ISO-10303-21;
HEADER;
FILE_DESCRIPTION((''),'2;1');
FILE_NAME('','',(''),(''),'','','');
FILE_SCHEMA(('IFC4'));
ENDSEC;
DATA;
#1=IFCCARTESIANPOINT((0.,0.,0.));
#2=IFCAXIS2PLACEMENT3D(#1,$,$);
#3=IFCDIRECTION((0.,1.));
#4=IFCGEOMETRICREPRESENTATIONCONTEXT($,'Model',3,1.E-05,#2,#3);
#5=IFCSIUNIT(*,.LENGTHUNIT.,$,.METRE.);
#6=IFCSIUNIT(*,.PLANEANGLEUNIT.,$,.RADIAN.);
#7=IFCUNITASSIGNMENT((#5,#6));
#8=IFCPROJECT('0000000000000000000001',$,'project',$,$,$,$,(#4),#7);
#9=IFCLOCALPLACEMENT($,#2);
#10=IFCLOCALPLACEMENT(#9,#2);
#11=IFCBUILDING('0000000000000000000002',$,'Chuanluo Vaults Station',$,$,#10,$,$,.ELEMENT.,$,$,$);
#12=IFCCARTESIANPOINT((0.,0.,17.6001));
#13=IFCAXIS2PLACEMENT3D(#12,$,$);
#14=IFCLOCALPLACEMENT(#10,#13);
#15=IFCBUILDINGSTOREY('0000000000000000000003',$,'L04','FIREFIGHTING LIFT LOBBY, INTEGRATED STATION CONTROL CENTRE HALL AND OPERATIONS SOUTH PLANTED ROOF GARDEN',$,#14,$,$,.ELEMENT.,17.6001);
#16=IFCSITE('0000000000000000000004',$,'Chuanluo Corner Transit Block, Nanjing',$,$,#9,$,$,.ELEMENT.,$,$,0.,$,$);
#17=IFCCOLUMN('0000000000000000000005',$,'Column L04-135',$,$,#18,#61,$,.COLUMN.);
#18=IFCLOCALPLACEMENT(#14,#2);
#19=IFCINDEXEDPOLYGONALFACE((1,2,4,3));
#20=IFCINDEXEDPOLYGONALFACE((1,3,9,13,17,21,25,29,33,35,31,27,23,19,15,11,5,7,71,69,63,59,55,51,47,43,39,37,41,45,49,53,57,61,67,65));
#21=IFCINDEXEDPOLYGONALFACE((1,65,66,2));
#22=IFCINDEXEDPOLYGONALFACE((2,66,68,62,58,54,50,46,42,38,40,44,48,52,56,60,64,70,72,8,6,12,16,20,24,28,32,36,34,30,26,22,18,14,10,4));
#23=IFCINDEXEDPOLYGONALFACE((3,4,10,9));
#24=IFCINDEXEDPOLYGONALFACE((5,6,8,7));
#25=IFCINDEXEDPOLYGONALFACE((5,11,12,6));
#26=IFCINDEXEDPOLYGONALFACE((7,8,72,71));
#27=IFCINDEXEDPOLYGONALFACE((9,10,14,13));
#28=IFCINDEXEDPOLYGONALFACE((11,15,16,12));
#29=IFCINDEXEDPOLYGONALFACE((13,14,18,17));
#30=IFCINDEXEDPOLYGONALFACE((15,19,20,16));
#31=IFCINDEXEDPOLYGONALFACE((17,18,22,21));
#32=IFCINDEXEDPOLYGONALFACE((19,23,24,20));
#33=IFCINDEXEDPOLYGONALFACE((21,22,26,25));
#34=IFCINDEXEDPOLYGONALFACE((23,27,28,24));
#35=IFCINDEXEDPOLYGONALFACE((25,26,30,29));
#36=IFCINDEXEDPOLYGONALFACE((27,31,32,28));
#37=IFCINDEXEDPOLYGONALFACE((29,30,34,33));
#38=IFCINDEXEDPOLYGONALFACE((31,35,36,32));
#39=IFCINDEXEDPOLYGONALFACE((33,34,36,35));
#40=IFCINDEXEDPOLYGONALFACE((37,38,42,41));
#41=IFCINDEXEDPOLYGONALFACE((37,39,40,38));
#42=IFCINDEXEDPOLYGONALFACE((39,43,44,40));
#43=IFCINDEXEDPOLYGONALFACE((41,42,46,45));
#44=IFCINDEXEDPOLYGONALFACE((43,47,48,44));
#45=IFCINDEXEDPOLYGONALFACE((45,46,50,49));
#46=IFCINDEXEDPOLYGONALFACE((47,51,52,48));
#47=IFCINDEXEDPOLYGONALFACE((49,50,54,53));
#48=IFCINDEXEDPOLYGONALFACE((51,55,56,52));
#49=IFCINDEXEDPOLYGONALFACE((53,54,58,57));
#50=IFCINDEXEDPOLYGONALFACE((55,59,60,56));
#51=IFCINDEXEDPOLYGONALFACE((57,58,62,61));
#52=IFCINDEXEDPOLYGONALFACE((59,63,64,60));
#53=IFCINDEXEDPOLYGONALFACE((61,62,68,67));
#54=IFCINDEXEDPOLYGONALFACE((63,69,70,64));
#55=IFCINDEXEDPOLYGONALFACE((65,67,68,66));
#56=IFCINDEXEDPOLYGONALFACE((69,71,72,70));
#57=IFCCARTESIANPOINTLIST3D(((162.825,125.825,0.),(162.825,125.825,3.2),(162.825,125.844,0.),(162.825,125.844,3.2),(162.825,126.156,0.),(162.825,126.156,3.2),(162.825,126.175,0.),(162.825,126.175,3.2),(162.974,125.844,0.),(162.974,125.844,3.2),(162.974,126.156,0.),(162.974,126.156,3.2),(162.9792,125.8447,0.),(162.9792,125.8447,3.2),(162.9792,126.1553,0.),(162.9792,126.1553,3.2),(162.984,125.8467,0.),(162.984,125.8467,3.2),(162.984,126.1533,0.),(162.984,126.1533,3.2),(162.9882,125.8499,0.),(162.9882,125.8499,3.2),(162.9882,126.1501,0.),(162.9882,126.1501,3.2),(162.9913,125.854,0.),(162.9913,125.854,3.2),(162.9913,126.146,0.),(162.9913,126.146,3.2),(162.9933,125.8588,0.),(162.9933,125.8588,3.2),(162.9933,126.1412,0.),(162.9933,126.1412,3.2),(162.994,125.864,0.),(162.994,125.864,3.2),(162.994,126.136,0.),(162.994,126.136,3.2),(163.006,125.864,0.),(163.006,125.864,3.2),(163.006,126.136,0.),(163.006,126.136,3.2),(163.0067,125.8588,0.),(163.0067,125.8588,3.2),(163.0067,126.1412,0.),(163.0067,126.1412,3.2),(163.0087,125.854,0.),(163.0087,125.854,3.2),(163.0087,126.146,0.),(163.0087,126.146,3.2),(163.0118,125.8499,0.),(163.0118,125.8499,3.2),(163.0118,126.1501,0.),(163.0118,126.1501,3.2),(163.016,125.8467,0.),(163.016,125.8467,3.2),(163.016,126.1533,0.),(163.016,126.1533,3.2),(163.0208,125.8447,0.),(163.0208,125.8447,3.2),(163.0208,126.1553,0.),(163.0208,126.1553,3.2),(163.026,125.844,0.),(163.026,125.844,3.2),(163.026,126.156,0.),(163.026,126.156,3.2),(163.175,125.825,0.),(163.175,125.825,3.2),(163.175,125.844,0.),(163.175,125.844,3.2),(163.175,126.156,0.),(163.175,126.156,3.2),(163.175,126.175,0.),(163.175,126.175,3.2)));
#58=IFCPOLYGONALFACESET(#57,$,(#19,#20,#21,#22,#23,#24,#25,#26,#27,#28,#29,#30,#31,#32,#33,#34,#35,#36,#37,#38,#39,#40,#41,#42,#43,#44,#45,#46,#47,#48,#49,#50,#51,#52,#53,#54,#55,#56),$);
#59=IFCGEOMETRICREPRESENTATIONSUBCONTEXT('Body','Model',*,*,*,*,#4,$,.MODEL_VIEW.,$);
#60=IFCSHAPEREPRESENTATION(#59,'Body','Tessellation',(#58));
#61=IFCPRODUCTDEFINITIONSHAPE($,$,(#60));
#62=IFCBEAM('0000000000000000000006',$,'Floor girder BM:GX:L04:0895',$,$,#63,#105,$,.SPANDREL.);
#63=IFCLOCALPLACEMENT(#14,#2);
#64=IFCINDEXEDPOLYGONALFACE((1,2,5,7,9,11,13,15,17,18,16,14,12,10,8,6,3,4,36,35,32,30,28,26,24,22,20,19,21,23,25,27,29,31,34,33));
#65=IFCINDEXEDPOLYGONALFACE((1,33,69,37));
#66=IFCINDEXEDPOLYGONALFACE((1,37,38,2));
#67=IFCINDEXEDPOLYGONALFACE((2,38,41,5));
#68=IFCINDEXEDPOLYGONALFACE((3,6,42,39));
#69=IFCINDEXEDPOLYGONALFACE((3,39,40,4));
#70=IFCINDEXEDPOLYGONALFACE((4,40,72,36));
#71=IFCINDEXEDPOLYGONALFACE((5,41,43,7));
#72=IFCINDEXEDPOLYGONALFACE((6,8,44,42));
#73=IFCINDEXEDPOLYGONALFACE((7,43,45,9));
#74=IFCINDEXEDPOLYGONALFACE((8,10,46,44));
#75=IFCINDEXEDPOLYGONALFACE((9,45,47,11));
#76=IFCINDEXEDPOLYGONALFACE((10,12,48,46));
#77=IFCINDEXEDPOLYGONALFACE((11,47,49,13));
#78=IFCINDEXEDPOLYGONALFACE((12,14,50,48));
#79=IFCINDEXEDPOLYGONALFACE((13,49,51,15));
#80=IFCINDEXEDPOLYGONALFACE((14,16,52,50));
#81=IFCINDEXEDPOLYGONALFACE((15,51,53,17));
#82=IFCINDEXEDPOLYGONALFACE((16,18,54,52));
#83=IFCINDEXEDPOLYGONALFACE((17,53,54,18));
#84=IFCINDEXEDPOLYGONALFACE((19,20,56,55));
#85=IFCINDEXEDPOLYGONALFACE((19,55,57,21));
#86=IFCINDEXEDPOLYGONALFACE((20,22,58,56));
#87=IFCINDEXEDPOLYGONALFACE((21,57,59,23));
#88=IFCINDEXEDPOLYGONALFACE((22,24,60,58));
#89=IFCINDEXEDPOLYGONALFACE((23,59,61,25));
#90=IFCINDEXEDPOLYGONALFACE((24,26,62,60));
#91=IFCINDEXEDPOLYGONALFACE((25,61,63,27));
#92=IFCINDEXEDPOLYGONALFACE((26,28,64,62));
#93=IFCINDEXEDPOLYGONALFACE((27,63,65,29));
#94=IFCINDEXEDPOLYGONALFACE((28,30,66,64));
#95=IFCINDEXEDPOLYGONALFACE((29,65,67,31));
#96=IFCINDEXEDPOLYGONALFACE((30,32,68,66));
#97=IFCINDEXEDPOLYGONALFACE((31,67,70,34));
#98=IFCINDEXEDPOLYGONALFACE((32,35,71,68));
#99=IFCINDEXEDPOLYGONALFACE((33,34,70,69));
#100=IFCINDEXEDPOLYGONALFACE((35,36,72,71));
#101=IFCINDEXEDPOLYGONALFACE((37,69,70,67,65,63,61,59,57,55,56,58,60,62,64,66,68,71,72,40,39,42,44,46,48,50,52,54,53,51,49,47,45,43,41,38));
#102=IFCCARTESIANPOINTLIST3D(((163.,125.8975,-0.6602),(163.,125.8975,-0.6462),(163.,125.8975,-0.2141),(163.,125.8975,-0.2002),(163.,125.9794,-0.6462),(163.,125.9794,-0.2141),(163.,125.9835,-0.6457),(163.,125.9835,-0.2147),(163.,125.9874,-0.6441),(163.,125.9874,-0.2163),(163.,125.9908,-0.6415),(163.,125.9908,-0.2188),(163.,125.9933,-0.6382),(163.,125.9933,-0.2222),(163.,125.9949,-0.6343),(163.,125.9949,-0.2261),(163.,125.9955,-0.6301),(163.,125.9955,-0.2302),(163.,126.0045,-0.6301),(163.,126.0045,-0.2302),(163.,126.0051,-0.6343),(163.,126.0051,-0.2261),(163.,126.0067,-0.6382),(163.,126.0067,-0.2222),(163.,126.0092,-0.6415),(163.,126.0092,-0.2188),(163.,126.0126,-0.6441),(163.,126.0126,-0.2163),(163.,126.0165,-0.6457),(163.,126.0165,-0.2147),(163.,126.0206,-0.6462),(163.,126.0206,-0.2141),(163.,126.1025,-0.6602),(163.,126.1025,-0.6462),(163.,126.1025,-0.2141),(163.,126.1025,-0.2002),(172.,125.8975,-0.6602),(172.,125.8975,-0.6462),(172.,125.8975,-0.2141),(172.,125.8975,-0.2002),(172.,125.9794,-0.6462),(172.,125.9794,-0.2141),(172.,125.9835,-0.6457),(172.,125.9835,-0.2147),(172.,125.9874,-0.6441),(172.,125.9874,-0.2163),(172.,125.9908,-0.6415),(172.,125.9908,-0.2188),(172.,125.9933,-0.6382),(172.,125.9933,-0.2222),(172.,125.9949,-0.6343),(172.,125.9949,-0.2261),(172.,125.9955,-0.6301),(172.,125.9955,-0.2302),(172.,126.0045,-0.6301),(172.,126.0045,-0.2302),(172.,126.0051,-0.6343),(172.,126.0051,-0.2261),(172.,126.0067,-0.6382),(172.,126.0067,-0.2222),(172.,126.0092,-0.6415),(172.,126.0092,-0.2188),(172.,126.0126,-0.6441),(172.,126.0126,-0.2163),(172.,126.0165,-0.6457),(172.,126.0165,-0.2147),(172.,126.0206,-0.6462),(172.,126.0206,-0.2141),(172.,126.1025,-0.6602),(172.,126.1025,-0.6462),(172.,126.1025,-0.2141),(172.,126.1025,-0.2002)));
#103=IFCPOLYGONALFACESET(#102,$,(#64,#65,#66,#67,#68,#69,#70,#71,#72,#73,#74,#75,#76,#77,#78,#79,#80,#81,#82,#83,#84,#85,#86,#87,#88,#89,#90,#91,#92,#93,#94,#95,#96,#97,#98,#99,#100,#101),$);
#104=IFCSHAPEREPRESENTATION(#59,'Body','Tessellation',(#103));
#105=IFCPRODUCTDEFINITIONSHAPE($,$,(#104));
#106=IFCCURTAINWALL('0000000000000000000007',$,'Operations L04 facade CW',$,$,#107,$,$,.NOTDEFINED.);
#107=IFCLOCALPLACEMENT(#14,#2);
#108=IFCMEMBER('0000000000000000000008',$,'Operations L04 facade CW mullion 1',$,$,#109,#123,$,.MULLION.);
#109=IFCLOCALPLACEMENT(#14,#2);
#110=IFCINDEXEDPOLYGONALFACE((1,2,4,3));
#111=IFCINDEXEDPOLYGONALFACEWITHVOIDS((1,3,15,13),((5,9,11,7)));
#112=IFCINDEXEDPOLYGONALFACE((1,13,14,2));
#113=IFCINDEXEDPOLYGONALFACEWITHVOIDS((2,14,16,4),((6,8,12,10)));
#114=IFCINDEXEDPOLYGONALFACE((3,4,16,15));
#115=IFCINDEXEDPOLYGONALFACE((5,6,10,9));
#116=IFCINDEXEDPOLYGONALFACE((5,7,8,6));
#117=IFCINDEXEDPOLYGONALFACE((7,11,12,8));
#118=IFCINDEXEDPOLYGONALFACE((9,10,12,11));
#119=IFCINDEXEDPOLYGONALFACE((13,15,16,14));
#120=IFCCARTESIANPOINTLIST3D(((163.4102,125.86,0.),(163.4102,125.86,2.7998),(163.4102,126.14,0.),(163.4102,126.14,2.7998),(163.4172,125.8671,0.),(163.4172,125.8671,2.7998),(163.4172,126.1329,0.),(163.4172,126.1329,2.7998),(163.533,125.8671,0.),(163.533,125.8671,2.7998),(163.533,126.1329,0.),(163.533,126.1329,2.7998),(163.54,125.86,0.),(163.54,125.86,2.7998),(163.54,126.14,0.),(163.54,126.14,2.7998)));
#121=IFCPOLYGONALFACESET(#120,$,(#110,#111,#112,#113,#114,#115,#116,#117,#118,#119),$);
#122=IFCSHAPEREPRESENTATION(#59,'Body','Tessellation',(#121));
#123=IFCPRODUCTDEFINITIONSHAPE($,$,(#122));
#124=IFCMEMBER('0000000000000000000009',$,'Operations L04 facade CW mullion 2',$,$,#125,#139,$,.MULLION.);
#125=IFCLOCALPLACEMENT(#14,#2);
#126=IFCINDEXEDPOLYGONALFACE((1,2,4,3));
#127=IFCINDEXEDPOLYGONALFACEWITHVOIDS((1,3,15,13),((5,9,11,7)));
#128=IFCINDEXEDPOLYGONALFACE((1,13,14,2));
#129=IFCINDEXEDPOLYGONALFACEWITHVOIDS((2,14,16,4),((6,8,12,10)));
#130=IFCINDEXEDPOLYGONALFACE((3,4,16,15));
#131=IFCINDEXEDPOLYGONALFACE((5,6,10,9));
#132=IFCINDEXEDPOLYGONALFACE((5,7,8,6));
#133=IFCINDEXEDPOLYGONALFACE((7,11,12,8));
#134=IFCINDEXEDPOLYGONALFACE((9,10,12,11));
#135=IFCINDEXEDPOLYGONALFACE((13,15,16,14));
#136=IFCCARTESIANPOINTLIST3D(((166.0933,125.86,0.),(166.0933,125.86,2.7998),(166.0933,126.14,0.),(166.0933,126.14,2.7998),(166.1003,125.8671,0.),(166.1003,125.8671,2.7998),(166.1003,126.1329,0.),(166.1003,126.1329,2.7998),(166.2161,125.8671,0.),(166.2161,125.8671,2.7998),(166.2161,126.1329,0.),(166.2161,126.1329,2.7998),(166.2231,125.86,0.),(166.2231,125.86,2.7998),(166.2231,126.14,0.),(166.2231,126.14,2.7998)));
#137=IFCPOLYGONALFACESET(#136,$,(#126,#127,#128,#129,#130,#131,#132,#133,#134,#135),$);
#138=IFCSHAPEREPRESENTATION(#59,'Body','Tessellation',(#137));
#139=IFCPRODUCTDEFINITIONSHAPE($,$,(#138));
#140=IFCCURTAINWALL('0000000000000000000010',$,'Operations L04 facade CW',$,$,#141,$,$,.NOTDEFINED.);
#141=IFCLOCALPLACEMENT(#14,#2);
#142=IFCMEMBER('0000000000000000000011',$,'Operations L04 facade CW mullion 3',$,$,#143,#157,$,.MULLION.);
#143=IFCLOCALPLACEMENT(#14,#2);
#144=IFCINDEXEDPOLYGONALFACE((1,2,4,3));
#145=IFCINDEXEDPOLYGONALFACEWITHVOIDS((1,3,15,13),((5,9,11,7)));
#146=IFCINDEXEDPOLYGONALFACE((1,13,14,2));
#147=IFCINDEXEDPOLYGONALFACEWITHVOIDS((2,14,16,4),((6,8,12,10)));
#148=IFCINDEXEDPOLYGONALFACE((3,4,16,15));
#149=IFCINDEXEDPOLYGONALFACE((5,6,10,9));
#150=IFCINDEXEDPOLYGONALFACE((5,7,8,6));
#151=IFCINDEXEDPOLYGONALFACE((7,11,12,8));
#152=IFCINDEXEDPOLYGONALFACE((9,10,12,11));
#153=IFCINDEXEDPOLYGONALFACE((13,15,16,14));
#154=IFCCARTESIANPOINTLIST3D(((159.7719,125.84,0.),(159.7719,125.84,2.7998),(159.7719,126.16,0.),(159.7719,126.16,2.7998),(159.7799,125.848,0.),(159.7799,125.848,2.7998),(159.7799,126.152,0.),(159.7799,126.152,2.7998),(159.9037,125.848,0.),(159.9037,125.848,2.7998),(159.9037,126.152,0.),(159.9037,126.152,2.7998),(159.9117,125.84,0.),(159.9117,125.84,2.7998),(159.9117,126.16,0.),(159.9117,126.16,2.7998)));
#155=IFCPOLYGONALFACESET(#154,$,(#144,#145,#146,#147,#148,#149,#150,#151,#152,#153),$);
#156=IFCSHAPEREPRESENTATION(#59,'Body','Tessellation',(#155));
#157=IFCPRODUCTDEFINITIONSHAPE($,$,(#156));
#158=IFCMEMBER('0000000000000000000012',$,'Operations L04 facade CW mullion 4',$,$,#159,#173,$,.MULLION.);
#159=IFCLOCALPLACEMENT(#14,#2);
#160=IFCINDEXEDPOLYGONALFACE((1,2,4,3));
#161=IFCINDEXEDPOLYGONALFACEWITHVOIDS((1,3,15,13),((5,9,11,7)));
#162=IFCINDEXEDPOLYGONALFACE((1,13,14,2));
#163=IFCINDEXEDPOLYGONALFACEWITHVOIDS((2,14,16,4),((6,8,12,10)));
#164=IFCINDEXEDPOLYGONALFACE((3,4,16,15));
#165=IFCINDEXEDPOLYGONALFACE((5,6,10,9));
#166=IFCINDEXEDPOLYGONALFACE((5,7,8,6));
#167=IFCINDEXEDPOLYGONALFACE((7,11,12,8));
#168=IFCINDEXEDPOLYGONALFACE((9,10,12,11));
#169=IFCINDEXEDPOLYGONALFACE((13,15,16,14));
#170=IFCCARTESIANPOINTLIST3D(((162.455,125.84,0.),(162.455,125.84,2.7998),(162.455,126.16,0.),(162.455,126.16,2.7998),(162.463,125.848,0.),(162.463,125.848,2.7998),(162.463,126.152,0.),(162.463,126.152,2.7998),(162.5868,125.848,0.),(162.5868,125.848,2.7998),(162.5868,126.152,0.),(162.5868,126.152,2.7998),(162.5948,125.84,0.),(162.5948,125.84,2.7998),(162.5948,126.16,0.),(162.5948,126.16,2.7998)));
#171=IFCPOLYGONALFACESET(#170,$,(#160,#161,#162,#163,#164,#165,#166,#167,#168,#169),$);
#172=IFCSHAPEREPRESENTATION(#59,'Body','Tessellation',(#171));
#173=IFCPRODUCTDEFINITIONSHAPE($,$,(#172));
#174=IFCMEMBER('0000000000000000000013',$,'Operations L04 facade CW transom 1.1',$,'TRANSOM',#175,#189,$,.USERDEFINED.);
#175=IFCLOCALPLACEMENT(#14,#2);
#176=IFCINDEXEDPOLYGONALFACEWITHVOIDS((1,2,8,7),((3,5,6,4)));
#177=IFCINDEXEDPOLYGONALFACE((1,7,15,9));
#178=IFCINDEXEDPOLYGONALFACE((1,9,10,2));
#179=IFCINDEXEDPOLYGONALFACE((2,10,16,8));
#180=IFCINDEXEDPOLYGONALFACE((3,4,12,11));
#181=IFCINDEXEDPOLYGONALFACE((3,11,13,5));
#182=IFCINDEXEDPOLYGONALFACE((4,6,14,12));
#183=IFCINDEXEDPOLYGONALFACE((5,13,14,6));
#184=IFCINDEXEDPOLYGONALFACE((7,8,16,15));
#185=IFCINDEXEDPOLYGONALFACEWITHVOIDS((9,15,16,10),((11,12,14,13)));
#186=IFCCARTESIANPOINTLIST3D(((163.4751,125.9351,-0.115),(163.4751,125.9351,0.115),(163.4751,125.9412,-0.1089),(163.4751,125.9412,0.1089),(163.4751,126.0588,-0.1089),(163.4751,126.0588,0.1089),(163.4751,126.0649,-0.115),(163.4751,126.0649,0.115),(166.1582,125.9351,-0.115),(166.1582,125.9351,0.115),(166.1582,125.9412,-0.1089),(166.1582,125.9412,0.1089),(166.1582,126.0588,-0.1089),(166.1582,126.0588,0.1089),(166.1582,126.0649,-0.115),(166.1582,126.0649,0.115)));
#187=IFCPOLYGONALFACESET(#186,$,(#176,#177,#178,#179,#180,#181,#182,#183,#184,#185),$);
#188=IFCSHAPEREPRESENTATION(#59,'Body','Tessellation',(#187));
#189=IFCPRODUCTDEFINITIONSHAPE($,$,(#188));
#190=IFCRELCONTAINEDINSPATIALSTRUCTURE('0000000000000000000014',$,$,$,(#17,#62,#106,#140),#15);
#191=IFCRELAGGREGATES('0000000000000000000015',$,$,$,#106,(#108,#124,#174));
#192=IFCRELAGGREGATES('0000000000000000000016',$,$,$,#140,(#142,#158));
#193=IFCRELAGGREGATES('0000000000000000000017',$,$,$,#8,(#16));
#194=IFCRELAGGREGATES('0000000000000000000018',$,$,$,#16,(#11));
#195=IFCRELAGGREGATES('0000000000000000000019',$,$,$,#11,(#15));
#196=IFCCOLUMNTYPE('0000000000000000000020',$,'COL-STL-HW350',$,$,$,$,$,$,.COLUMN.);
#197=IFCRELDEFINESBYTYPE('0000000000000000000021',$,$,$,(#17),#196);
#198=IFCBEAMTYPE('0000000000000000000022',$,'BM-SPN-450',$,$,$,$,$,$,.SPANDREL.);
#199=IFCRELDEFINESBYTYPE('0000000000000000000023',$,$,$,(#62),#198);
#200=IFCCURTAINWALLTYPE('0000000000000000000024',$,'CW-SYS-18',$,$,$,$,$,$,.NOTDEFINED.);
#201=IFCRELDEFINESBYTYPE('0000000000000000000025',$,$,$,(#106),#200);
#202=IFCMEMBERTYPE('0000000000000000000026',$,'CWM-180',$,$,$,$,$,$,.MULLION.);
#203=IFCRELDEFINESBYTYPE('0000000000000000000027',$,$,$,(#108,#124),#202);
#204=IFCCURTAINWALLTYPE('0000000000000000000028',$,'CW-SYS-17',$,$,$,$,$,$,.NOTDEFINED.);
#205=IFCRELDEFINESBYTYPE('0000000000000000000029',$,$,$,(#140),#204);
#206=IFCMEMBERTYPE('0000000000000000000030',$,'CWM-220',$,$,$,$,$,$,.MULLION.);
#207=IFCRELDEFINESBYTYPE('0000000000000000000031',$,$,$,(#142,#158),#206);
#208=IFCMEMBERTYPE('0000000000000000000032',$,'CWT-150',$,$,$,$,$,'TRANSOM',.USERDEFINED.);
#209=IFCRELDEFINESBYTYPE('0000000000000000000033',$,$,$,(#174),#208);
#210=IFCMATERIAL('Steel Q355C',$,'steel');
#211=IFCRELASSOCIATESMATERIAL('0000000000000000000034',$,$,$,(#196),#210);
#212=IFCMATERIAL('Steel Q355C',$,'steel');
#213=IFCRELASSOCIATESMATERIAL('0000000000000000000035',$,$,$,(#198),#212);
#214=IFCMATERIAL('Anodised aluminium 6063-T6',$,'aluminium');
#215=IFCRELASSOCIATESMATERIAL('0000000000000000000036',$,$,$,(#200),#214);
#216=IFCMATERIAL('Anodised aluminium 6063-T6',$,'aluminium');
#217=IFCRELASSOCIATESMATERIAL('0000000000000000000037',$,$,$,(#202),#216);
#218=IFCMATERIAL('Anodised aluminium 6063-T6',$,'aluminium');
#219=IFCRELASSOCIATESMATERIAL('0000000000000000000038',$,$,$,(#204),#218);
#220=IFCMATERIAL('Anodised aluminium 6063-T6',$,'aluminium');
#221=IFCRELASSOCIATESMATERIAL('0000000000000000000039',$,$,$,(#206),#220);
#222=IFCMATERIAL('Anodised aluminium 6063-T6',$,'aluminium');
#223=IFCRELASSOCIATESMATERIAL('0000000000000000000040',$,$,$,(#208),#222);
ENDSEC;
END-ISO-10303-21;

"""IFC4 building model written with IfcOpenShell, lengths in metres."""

from ifc_helpers import new_model, si_unit, direction, frame, origin, origin_2d, place, context, subcontext, project, spatial, hollow_rectangle, i_section, extrude, material, material_profile, profile_set, type_object, element, aggregate, save


model = new_model("IFC4")

# Units and contexts
model_context = context("Model", 3, precision=1e-05, world=origin(), true_north=direction((0.0, 1.0)))
body_context = subcontext(model_context, "Body", "Model", "MODEL_VIEW")
ifc_project = project(units=[si_unit("LENGTHUNIT", "METRE"), si_unit("PLANEANGLEUNIT", "RADIAN")], contexts=[model_context])

# Site, building, storey
site_placement = place(None, origin())
site = spatial("IfcSite", under=ifc_project, at=site_placement, Name="Chuanluo Corner Transit Block, Nanjing", CompositionType="ELEMENT", RefElevation=0.0)
building_placement = place(site_placement, origin())
building = spatial("IfcBuilding", under=site, at=building_placement, Name="Chuanluo Vaults Station", CompositionType="ELEMENT")
storey_placement = place(building_placement, frame((0.0, 0.0, 17.6001)))
storey = spatial("IfcBuildingStorey", under=building, at=storey_placement, Name="L04", Description="FIREFIGHTING LIFT LOBBY, INTEGRATED STATION CONTROL CENTRE HALL AND OPERATIONS SOUTH PLANTED ROOF GARDEN", CompositionType="ELEMENT", Elevation=17.6001)

# Column
ifc_material_1 = material(Name="Steel Q355C", Category="steel")
ifc_material_profile_1 = material_profile(ifc_material_1, i_section(OverallWidth=0.3501, OverallDepth=0.3501, WebThickness=0.012, FlangeThickness=0.019, FilletRadius=0.02, at=origin_2d()))
ifc_profile_set_1 = profile_set([ifc_material_profile_1], Name="Steel Q355C")
column_type = type_object("IfcColumnType", Name="COL-STL-HW350", PredefinedType="COLUMN", material=ifc_profile_set_1)
column_placement = place(storey_placement, frame((163.0, 126.0, 0.0), z_axis=(0.0, 0.0, 1.0), x_axis=(1.0, 0.0, 0.0)))
element("IfcColumn", 1, at=column_placement, inside=storey, type_object=column_type, Name="Column L04-135", PredefinedType="COLUMN", context=body_context, shape_type="SweptSolid", body=[
    extrude(i_section(OverallWidth=0.3501, OverallDepth=0.3501, WebThickness=0.012, FlangeThickness=0.019, FilletRadius=0.02, at=origin_2d()), origin(), (0.0, 0.0, 1.0), 3.2),
])

# Beam
ifc_material_2 = material(Name="Steel Q355C", Category="steel")
ifc_material_profile_2 = material_profile(ifc_material_2, i_section(OverallWidth=0.2051, OverallDepth=0.46, WebThickness=0.009, FlangeThickness=0.0139, FilletRadius=0.0161, at=origin_2d()))
ifc_profile_set_2 = profile_set([ifc_material_profile_2], Name="Steel Q355C")
beam_type = type_object("IfcBeamType", Name="BM-SPN-450", PredefinedType="SPANDREL", material=ifc_profile_set_2)
beam_placement = place(storey_placement, frame((163.0, 126.0, -0.4302), z_axis=(1.0, 0.0, 0.0), x_axis=(0.0, 1.0, 0.0)))
element("IfcBeam", 2, at=beam_placement, inside=storey, type_object=beam_type, Name="Floor girder BM:GX:L04:0895", PredefinedType="SPANDREL", context=body_context, shape_type="SweptSolid", body=[
    extrude(i_section(OverallWidth=0.2051, OverallDepth=0.46, WebThickness=0.009, FlangeThickness=0.0139, FilletRadius=0.0161, at=origin_2d()), origin(), (0.0, 0.0, 1.0), 9.0),
])

# Curtain walls, members
ifc_material_3 = material(Name="Anodised aluminium 6063-T6", Category="aluminium")
curtain_wall_type_1 = type_object("IfcCurtainWallType", Name="CW-SYS-18", PredefinedType="NOTDEFINED", material=ifc_material_3)
curtain_wall_1_placement = place(storey_placement, origin())
curtain_wall_1 = element("IfcCurtainWall", 3, at=curtain_wall_1_placement, inside=storey, type_object=curtain_wall_type_1, Name="Operations L04 facade CW", PredefinedType="NOTDEFINED")
ifc_material_4 = material(Name="Anodised aluminium 6063-T6", Category="aluminium")
ifc_material_profile_3 = material_profile(ifc_material_4, hollow_rectangle(XDim=0.1299, YDim=0.28, WallThickness=0.0071, at=origin_2d()))
ifc_profile_set_3 = profile_set([ifc_material_profile_3], Name="Anodised aluminium 6063-T6")
member_type_1 = type_object("IfcMemberType", Name="CWM-180", PredefinedType="MULLION", material=ifc_profile_set_3)
member_1_placement = place(storey_placement, frame((163.4751, 126.0, 0.0), z_axis=(0.0, 0.0, 1.0), x_axis=(1.0, 0.0, 0.0)))
member_1 = element("IfcMember", 4, at=member_1_placement, type_object=member_type_1, Name="Operations L04 facade CW mullion 1", PredefinedType="MULLION", context=body_context, shape_type="SweptSolid", body=[
    extrude(hollow_rectangle(XDim=0.1299, YDim=0.28, WallThickness=0.0071, at=origin_2d()), origin(), (0.0, 0.0, 1.0), 2.7998),
])
member_2_placement = place(storey_placement, frame((166.1582, 126.0, 0.0), z_axis=(0.0, 0.0, 1.0), x_axis=(1.0, 0.0, 0.0)))
member_2 = element("IfcMember", 5, at=member_2_placement, type_object=member_type_1, Name="Operations L04 facade CW mullion 2", PredefinedType="MULLION", context=body_context, shape_type="SweptSolid", body=[
    extrude(hollow_rectangle(XDim=0.1299, YDim=0.28, WallThickness=0.0071, at=origin_2d()), origin(), (0.0, 0.0, 1.0), 2.7998),
])
ifc_material_5 = material(Name="Anodised aluminium 6063-T6", Category="aluminium")
curtain_wall_type_2 = type_object("IfcCurtainWallType", Name="CW-SYS-17", PredefinedType="NOTDEFINED", material=ifc_material_5)
curtain_wall_2_placement = place(storey_placement, origin())
curtain_wall_2 = element("IfcCurtainWall", 6, at=curtain_wall_2_placement, inside=storey, type_object=curtain_wall_type_2, Name="Operations L04 facade CW", PredefinedType="NOTDEFINED")
ifc_material_6 = material(Name="Anodised aluminium 6063-T6", Category="aluminium")
ifc_material_profile_4 = material_profile(ifc_material_6, hollow_rectangle(XDim=0.1399, YDim=0.3201, WallThickness=0.0081, at=origin_2d()))
ifc_profile_set_4 = profile_set([ifc_material_profile_4], Name="Anodised aluminium 6063-T6")
member_type_2 = type_object("IfcMemberType", Name="CWM-220", PredefinedType="MULLION", material=ifc_profile_set_4)
member_3_placement = place(storey_placement, frame((159.8418, 126.0, 0.0), z_axis=(0.0, 0.0, 1.0), x_axis=(1.0, 0.0, 0.0)))
member_3 = element("IfcMember", 7, at=member_3_placement, type_object=member_type_2, Name="Operations L04 facade CW mullion 3", PredefinedType="MULLION", context=body_context, shape_type="SweptSolid", body=[
    extrude(hollow_rectangle(XDim=0.1399, YDim=0.3201, WallThickness=0.0081, at=origin_2d()), origin(), (0.0, 0.0, 1.0), 2.7998),
])
member_4_placement = place(storey_placement, frame((162.5249, 126.0, 0.0), z_axis=(0.0, 0.0, 1.0), x_axis=(1.0, 0.0, 0.0)))
member_4 = element("IfcMember", 8, at=member_4_placement, type_object=member_type_2, Name="Operations L04 facade CW mullion 4", PredefinedType="MULLION", context=body_context, shape_type="SweptSolid", body=[
    extrude(hollow_rectangle(XDim=0.1399, YDim=0.3201, WallThickness=0.0081, at=origin_2d()), origin(), (0.0, 0.0, 1.0), 2.7998),
])

# Member
ifc_material_7 = material(Name="Anodised aluminium 6063-T6", Category="aluminium")
ifc_material_profile_5 = material_profile(ifc_material_7, hollow_rectangle(XDim=0.1299, YDim=0.23, WallThickness=0.0061, at=origin_2d()))
ifc_profile_set_5 = profile_set([ifc_material_profile_5], Name="Anodised aluminium 6063-T6")
member_type_3 = type_object("IfcMemberType", Name="CWT-150", ElementType="TRANSOM", PredefinedType="USERDEFINED", material=ifc_profile_set_5)
member_5_placement = place(storey_placement, frame((163.4751, 126.0, 0.0), z_axis=(1.0, 0.0, 0.0), x_axis=(0.0, 1.0, 0.0)))
member_5 = element("IfcMember", 9, at=member_5_placement, type_object=member_type_3, Name="Operations L04 facade CW transom 1.1", ObjectType="TRANSOM", PredefinedType="USERDEFINED", context=body_context, shape_type="SweptSolid", body=[
    extrude(hollow_rectangle(XDim=0.1299, YDim=0.23, WallThickness=0.0061, at=origin_2d()), origin(), (0.0, 0.0, 1.0), 2.6831),
])

aggregate(curtain_wall_1, [member_1, member_2, member_5])
aggregate(curtain_wall_2, [member_3, member_4])

save(model, "model.ifc")
